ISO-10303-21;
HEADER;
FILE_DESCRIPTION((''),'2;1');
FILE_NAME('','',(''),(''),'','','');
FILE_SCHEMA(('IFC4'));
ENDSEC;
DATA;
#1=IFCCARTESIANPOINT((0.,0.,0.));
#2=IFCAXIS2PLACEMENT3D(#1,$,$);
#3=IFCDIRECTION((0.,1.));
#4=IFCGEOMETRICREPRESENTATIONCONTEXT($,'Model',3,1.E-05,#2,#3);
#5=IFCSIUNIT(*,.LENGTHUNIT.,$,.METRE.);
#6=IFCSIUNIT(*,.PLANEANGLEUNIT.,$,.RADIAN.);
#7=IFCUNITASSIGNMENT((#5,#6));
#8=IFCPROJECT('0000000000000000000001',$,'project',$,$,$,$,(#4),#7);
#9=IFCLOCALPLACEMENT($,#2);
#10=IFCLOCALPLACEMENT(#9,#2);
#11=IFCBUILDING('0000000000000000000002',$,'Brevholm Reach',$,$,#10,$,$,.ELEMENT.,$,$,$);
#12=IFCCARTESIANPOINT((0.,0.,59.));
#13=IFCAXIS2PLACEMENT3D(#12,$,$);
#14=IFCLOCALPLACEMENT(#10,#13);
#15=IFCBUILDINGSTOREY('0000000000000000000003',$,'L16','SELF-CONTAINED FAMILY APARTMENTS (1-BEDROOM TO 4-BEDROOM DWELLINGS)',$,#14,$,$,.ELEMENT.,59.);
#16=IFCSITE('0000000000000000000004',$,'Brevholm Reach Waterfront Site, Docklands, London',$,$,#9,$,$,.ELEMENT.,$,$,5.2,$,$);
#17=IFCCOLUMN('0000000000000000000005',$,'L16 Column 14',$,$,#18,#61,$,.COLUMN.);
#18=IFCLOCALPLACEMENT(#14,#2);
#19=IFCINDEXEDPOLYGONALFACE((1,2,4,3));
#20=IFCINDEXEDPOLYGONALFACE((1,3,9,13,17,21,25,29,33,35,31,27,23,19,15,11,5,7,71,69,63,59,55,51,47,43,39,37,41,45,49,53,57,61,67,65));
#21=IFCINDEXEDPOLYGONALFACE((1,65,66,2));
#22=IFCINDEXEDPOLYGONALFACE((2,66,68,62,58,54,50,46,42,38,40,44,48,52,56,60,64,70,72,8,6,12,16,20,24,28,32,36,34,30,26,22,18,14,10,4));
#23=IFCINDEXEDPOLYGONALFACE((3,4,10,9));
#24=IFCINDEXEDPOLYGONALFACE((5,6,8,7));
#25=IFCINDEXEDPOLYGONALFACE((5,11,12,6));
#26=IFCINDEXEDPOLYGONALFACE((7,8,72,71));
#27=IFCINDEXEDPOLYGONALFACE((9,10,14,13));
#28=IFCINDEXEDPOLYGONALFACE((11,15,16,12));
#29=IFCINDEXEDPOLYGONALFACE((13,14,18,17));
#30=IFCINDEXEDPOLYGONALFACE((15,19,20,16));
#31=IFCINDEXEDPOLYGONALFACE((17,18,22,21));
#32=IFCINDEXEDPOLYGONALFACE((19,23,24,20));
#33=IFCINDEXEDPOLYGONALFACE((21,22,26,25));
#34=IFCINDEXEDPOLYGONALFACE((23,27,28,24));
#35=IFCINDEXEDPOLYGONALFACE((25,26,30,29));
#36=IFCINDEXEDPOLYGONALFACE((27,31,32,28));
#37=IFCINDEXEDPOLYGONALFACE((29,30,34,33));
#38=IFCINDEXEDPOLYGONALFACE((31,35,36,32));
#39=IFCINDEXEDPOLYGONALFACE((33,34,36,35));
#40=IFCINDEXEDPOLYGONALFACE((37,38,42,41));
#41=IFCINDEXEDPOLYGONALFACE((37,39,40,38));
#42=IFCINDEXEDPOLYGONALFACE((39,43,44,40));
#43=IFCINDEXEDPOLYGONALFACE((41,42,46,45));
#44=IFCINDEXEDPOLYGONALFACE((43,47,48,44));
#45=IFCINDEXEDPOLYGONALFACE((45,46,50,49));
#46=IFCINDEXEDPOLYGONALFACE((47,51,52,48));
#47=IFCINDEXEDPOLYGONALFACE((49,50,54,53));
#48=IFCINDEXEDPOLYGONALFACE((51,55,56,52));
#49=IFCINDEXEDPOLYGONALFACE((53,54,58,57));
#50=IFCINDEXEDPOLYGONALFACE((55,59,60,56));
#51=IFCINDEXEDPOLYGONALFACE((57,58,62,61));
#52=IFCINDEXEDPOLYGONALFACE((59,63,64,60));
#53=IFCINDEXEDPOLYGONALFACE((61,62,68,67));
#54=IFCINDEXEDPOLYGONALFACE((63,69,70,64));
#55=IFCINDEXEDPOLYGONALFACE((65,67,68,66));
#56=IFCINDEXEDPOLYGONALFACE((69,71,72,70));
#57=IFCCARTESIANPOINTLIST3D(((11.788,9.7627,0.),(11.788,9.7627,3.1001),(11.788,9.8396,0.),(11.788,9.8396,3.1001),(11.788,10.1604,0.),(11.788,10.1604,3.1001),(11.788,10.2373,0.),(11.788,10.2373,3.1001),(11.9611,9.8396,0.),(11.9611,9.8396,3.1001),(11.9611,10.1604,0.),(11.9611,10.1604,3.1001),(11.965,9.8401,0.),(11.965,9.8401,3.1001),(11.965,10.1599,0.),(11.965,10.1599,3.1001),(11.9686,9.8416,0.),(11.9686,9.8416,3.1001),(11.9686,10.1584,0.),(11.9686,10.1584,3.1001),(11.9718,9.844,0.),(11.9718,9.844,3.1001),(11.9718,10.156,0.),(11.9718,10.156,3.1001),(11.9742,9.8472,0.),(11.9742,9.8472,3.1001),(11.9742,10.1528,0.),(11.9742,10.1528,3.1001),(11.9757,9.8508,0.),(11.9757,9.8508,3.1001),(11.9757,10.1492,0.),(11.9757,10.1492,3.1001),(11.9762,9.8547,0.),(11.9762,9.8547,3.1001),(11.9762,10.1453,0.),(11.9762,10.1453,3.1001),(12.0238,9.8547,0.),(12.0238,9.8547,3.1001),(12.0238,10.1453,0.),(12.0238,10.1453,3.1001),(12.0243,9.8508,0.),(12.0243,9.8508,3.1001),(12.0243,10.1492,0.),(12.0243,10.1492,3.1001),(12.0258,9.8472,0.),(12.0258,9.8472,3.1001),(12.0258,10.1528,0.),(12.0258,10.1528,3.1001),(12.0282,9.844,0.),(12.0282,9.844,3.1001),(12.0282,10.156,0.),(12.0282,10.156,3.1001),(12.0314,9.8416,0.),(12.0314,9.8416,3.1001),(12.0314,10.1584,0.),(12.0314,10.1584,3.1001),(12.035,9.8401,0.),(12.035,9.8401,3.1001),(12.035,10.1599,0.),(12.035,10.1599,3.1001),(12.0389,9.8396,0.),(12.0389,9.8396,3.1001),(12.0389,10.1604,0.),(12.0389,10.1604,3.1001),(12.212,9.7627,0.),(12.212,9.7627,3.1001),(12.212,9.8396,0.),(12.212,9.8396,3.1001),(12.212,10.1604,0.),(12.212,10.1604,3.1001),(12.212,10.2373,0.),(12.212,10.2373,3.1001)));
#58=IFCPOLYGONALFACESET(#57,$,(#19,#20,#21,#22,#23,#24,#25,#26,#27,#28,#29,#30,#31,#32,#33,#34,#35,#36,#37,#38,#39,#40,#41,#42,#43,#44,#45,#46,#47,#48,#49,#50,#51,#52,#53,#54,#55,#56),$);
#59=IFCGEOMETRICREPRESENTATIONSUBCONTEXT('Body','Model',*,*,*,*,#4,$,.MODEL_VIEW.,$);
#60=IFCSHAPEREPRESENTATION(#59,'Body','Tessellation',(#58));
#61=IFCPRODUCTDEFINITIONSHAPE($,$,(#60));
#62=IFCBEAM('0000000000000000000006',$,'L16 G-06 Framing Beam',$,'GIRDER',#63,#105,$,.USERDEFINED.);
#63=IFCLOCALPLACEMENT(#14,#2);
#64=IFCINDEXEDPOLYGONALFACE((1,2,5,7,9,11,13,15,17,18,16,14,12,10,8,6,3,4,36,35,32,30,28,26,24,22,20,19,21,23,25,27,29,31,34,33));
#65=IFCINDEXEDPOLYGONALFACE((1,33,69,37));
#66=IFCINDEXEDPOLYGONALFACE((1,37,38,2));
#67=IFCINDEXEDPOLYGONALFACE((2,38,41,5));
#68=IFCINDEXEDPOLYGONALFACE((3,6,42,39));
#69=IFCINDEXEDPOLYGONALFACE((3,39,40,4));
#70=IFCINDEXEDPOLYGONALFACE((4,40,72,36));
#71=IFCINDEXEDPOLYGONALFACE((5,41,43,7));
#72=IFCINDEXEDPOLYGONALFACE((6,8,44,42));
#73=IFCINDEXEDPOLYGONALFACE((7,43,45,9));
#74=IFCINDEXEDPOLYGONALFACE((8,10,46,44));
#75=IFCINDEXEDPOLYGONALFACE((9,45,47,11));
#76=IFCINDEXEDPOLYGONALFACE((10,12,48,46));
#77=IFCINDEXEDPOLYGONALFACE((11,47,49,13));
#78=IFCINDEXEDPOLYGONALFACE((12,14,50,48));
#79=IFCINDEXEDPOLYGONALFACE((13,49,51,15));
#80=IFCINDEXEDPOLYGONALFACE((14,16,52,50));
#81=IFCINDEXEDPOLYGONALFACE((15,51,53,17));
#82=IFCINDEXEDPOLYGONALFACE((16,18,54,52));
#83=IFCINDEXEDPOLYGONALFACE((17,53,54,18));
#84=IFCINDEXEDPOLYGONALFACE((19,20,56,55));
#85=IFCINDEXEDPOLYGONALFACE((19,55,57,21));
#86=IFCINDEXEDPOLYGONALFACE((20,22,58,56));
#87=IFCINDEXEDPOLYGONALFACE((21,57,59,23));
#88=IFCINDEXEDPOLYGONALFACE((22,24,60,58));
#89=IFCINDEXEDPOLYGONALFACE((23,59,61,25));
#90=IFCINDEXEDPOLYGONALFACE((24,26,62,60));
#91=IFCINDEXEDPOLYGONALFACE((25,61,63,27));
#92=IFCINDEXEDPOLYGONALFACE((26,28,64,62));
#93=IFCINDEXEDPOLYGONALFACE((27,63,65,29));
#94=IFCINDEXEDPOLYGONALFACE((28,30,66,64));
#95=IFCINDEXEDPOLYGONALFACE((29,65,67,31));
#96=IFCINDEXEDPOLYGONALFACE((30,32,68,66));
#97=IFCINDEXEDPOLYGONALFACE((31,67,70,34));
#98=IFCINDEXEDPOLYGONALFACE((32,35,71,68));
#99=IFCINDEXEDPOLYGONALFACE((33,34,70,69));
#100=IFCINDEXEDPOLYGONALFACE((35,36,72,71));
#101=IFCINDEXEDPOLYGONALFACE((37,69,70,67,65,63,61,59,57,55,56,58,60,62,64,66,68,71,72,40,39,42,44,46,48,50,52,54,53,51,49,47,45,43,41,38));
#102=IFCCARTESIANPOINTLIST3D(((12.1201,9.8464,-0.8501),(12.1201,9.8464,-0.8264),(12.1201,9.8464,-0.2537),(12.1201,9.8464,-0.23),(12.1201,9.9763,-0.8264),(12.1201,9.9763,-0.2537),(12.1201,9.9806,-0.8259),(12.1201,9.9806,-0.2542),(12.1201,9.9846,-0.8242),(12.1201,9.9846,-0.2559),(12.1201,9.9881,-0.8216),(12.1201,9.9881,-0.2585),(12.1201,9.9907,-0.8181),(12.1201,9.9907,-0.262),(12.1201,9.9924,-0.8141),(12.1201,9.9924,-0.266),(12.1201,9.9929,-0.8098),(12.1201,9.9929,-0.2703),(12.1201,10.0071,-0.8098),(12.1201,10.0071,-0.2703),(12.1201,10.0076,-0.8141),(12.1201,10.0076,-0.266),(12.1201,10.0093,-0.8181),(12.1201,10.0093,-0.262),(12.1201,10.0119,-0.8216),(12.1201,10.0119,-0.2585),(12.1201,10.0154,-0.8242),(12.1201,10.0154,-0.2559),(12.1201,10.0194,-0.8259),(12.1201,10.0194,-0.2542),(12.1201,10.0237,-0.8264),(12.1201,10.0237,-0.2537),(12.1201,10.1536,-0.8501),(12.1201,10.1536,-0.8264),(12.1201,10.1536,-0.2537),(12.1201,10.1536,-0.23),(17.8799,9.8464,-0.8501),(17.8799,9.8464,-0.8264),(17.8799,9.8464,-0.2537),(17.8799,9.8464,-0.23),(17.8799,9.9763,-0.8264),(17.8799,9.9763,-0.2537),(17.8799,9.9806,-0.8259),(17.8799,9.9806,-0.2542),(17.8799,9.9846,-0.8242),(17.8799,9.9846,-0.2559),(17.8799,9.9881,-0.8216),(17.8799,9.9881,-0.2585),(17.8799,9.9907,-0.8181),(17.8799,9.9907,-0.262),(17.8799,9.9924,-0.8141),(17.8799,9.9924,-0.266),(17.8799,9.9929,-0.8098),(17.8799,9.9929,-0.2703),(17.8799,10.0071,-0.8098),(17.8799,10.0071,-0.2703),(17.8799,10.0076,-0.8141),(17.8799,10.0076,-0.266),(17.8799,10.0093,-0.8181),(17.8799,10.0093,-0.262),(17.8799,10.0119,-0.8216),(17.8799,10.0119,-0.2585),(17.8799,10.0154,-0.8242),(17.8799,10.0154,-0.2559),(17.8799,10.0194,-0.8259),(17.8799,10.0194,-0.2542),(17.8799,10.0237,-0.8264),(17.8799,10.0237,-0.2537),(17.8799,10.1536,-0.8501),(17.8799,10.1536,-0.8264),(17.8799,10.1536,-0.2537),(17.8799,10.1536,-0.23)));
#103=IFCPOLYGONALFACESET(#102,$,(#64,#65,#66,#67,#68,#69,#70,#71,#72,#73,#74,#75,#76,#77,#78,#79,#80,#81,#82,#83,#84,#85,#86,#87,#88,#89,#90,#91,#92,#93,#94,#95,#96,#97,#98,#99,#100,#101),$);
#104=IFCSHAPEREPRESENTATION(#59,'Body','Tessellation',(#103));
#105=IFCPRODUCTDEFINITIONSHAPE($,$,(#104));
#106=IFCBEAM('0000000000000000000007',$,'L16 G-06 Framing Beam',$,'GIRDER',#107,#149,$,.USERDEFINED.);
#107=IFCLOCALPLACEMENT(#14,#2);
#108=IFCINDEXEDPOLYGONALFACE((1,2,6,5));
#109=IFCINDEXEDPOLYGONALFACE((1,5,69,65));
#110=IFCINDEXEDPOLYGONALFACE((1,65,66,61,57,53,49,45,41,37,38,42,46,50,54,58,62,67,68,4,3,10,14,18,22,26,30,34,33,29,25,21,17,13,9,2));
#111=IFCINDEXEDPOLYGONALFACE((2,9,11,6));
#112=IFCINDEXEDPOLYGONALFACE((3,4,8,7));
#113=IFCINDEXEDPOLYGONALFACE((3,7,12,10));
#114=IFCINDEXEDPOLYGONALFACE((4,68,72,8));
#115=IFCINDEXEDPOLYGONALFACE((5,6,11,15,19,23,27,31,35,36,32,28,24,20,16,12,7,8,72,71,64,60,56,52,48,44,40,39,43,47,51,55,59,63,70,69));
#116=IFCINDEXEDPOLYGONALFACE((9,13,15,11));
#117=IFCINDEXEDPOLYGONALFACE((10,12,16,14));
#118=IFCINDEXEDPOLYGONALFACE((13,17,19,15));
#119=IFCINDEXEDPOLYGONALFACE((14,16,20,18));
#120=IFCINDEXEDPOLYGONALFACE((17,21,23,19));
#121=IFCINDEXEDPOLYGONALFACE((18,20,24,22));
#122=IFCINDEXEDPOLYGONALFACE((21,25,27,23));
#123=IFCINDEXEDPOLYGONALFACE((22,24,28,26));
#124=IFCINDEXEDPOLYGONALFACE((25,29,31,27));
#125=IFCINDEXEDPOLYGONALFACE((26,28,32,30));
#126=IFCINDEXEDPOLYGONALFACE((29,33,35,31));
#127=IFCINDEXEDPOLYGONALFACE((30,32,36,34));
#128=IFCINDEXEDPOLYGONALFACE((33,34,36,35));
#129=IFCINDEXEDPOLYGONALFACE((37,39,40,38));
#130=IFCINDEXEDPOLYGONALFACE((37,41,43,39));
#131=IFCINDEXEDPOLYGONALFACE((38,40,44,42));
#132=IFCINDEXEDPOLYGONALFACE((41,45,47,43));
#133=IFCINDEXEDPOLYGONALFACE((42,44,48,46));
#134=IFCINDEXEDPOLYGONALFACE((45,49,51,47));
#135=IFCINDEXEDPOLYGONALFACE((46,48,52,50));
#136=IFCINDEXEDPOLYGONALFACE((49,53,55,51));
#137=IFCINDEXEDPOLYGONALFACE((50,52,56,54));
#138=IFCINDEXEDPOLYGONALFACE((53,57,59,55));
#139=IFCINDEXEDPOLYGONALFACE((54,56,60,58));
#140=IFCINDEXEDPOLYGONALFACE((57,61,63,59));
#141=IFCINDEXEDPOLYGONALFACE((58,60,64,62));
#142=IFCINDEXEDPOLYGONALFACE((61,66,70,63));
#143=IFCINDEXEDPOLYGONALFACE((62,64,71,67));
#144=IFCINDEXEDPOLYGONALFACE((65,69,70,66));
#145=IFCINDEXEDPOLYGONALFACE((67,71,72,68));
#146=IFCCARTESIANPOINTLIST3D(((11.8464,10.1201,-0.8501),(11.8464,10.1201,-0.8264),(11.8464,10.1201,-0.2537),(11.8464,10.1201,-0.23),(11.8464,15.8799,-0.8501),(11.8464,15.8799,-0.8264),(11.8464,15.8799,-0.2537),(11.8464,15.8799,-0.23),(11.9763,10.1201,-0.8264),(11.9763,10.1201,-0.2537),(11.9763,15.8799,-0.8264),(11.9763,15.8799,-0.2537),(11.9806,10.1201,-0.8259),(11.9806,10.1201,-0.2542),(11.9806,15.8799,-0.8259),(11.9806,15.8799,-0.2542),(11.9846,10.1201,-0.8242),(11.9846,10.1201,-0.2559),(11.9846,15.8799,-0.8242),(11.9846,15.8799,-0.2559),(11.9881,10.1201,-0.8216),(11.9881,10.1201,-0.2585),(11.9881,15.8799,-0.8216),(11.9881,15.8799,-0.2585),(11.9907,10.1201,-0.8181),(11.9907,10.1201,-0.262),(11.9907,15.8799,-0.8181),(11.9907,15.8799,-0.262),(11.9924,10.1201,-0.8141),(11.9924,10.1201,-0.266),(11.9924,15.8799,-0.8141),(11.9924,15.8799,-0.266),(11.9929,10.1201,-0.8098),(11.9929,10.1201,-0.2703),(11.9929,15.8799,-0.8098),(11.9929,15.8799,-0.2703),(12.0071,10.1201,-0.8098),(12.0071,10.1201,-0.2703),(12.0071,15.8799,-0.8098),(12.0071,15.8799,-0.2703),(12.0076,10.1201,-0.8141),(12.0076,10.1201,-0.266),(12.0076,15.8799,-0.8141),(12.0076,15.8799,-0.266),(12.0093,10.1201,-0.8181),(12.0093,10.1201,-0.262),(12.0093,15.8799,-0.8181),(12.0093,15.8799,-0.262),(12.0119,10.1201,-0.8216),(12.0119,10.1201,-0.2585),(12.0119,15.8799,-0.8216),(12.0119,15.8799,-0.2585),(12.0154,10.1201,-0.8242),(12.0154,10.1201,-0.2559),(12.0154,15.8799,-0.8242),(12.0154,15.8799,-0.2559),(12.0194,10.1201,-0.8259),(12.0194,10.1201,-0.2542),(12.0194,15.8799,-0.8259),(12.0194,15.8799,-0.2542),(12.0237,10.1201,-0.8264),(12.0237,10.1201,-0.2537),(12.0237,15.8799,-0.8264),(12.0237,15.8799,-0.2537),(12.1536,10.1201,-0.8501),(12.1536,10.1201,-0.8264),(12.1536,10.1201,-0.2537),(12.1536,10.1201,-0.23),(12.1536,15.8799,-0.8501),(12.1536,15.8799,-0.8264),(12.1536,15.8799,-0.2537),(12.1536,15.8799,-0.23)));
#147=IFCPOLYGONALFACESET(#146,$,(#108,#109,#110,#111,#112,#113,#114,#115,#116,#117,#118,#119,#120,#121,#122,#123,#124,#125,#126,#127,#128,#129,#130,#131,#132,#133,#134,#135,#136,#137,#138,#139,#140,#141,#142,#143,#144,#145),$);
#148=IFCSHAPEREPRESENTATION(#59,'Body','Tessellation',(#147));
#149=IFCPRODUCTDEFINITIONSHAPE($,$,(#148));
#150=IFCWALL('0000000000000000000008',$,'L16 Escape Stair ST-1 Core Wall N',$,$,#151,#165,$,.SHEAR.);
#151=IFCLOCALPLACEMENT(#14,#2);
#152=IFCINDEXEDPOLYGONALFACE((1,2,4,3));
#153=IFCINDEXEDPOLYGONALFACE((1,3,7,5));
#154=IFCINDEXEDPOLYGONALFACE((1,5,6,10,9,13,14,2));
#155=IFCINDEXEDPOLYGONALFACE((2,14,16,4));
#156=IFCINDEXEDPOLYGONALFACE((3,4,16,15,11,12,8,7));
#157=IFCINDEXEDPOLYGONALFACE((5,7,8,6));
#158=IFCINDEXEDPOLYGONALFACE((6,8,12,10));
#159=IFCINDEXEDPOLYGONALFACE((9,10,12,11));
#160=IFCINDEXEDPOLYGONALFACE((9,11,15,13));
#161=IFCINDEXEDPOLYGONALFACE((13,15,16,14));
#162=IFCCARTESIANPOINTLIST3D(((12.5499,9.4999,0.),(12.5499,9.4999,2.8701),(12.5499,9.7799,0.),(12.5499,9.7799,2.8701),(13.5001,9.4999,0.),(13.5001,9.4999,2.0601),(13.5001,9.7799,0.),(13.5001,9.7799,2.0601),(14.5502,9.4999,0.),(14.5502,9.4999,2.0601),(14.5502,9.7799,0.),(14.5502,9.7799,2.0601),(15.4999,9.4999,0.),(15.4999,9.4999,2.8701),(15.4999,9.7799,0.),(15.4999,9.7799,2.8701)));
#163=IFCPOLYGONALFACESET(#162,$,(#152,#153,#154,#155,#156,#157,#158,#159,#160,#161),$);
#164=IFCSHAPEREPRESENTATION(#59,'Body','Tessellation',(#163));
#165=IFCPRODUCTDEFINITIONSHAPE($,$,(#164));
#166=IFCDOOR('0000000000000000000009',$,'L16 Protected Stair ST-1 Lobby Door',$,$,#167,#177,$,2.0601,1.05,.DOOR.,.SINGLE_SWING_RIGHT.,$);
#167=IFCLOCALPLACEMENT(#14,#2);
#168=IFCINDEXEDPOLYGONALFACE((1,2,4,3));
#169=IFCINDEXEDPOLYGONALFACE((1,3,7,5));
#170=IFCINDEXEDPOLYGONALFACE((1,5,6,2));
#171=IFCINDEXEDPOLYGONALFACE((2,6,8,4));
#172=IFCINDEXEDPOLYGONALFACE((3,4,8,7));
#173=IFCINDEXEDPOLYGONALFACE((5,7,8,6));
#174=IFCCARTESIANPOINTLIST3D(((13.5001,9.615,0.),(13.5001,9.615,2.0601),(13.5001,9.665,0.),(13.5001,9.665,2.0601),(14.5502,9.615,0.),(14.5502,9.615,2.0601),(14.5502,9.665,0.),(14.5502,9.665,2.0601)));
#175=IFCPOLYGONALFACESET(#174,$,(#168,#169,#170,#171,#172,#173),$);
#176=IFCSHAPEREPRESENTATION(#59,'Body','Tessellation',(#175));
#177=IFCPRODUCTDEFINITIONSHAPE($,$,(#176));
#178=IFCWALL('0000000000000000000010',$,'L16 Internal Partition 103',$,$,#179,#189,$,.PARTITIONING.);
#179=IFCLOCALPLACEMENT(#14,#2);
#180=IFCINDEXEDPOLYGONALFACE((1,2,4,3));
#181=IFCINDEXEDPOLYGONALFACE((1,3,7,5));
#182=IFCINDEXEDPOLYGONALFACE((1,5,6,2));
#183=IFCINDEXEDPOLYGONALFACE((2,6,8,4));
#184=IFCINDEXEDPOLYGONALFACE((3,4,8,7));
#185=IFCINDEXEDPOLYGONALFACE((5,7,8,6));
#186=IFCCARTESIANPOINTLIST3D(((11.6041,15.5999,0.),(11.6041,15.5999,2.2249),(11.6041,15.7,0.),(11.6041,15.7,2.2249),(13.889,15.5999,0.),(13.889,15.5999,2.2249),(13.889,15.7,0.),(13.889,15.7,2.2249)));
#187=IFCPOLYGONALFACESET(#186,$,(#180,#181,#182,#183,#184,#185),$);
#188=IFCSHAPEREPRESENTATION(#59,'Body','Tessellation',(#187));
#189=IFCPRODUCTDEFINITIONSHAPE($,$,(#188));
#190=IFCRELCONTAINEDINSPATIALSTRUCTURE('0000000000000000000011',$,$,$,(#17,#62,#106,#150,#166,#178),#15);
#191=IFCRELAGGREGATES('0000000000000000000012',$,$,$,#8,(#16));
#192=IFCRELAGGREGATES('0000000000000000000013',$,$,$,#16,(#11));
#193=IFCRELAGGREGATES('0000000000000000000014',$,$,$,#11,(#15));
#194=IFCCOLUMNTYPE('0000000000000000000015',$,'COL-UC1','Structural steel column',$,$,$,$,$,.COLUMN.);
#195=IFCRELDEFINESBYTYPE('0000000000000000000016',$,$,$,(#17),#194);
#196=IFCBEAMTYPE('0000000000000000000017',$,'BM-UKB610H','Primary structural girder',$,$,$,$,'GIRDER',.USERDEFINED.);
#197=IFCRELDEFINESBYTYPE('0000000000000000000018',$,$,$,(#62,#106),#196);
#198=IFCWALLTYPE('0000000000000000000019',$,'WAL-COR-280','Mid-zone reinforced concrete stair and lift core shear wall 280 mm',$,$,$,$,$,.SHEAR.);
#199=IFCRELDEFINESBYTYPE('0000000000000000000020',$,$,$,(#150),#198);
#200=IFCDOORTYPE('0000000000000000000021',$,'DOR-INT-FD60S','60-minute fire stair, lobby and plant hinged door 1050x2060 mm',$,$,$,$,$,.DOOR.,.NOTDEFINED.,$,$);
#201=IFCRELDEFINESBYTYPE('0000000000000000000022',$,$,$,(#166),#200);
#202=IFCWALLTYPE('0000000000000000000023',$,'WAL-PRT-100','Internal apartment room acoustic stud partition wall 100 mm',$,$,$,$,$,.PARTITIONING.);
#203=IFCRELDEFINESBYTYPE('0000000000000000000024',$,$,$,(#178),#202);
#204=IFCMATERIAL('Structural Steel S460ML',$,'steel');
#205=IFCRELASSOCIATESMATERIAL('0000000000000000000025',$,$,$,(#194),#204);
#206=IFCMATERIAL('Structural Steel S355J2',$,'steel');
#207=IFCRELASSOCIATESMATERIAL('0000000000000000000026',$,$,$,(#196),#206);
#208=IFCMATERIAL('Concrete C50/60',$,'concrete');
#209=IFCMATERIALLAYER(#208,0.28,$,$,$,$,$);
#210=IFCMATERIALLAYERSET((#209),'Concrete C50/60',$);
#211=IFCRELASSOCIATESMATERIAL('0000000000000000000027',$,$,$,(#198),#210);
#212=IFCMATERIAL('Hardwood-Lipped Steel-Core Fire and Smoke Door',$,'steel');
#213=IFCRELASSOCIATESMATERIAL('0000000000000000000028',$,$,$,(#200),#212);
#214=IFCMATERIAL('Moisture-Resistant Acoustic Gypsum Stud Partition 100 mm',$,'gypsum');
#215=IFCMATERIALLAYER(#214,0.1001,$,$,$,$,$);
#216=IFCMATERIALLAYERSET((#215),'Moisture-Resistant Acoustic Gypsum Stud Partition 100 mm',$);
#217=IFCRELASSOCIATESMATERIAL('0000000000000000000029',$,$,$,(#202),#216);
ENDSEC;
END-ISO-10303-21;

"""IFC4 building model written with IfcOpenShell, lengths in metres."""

from ifc_helpers import new_model, si_unit, direction, frame, frame_2d, origin, origin_2d, place, context, subcontext, project, spatial, rectangle, i_section, extrude, material, layer, layer_set, material_profile, profile_set, type_object, element, fill, save


model = new_model("IFC4")

# Units and contexts
model_context = context("Model", 3, precision=1e-05, world=origin(), true_north=direction((0.0, 1.0)))
body_context = subcontext(model_context, "Body", "Model", "MODEL_VIEW")
ifc_project = project(units=[si_unit("LENGTHUNIT", "METRE"), si_unit("PLANEANGLEUNIT", "RADIAN")], contexts=[model_context])

# Site, building, storey
site_placement = place(None, origin())
site = spatial("IfcSite", under=ifc_project, at=site_placement, Name="Brevholm Reach Waterfront Site, Docklands, London", CompositionType="ELEMENT", RefElevation=5.2)
building_placement = place(site_placement, origin())
building = spatial("IfcBuilding", under=site, at=building_placement, Name="Brevholm Reach", CompositionType="ELEMENT")
storey_placement = place(building_placement, frame((0.0, 0.0, 59.0)))
storey = spatial("IfcBuildingStorey", under=building, at=storey_placement, Name="L16", Description="SELF-CONTAINED FAMILY APARTMENTS (1-BEDROOM TO 4-BEDROOM DWELLINGS)", CompositionType="ELEMENT", Elevation=59.0)

# Column
ifc_material_1 = material(Name="Structural Steel S460ML", Category="steel")
ifc_material_profile_1 = material_profile(ifc_material_1, i_section(OverallWidth=0.4241, OverallDepth=0.4746, WebThickness=0.0476, FlangeThickness=0.0769, FilletRadius=0.0151, at=origin_2d()), Name="UKC 356x406x634")
ifc_profile_set_1 = profile_set([ifc_material_profile_1], Name="Structural Steel S460ML")
column_type = type_object("IfcColumnType", Name="COL-UC1", Description="Structural steel column", PredefinedType="COLUMN", material=ifc_profile_set_1)
column_placement = place(storey_placement, frame((12.0, 10.0, 0.0), z_axis=(0.0, 0.0, 1.0), x_axis=(1.0, 0.0, 0.0)))
element("IfcColumn", 1, at=column_placement, inside=storey, type_object=column_type, Name="L16 Column 14", PredefinedType="COLUMN", context=body_context, shape_type="SweptSolid", body=[
    extrude(i_section(OverallWidth=0.4241, OverallDepth=0.4746, WebThickness=0.0476, FlangeThickness=0.0769, FilletRadius=0.0151, at=origin_2d()), origin(), (0.0, 0.0, 1.0), 3.1001),
])

# Beams
ifc_material_2 = material(Name="Structural Steel S355J2", Category="steel")
ifc_material_profile_2 = material_profile(ifc_material_2, i_section(OverallWidth=0.3071, OverallDepth=0.6201, WebThickness=0.0142, FlangeThickness=0.0237, FilletRadius=0.0166, at=origin_2d()), Name="UKB 610x305x179")
ifc_profile_set_2 = profile_set([ifc_material_profile_2], Name="Structural Steel S355J2")
beam_type = type_object("IfcBeamType", Name="BM-UKB610H", Description="Primary structural girder", ElementType="GIRDER", PredefinedType="USERDEFINED", material=ifc_profile_set_2)
for number, where, z_axis, x_axis, name in (
    (2, (12.1201, 10.0, -0.54), (1.0, 0.0, 0.0), (0.0, 1.0, 0.0), "L16 G-06 Framing Beam"),
    (3, (12.0, 10.1201, -0.54), (0.0, 1.0, 0.0), (-1.0, 0.0, 0.0), "L16 G-06 Framing Beam"),
):
    element("IfcBeam", number, at=place(storey_placement, frame(where, z_axis=z_axis, x_axis=x_axis)), inside=storey, type_object=beam_type, Name=name, ObjectType="GIRDER", PredefinedType="USERDEFINED", context=body_context, shape_type="SweptSolid", body=[
        extrude(i_section(OverallWidth=0.3071, OverallDepth=0.6201, WebThickness=0.0142, FlangeThickness=0.0237, FilletRadius=0.0166, at=origin_2d()), origin(), (0.0, 0.0, 1.0), 5.7598),
    ])

# Wall, opening, door
ifc_material_3 = material(Name="Concrete C50/60", Category="concrete")
ifc_layer_1 = layer(ifc_material_3, 0.28)
ifc_layer_set_1 = layer_set([ifc_layer_1], Name="Concrete C50/60")
wall_type_1 = type_object("IfcWallType", Name="WAL-COR-280", Description="Mid-zone reinforced concrete stair and lift core shear wall 280 mm", PredefinedType="SHEAR", material=ifc_layer_set_1)
wall_1_placement = place(storey_placement, frame((15.5, 9.6399, 0.0), z_axis=(0.0, 0.0, 1.0), x_axis=(-1.0, 0.0, 0.0)))
wall_1 = element("IfcWall", 4, at=wall_1_placement, inside=storey, type_object=wall_type_1, Name="L16 Escape Stair ST-1 Core Wall N", PredefinedType="SHEAR", context=body_context, shape_type="SweptSolid", body=[
    extrude(rectangle(XDim=2.95, YDim=0.28, at=frame_2d((1.4751, 0.0))), origin(), (0.0, 0.0, 1.0), 2.8701),
])
opening_1_placement = place(wall_1_placement, frame((0.95, 0.0, 0.0)))
opening_1 = element("IfcOpeningElement", 5, at=opening_1_placement, cuts=wall_1, PredefinedType="OPENING", context=body_context, shape_type="SweptSolid", body=[
    extrude(rectangle(XDim=1.05, YDim=2.0601, at=frame_2d((0.5249, 1.03))), frame((0.0, 0.1499, 0.0), z_axis=(0.0, -1.0, 0.0), x_axis=(1.0, 0.0, 0.0)), (0.0, 0.0, 1.0), 0.3),
])
ifc_material_4 = material(Name="Hardwood-Lipped Steel-Core Fire and Smoke Door", Category="steel")
door_type_1 = type_object("IfcDoorType", Name="DOR-INT-FD60S", Description="60-minute fire stair, lobby and plant hinged door 1050x2060 mm", OperationType="NOTDEFINED", PredefinedType="DOOR", material=ifc_material_4)
door_1_placement = place(opening_1_placement, origin())
door_1 = element("IfcDoor", 6, at=door_1_placement, inside=storey, type_object=door_type_1, Name="L16 Protected Stair ST-1 Lobby Door", OperationType="SINGLE_SWING_RIGHT", OverallHeight=2.0601, OverallWidth=1.05, PredefinedType="DOOR", context=body_context, shape_type="SweptSolid", body=[
    extrude(rectangle(XDim=1.05, YDim=2.0601, at=frame_2d((0.5249, 1.03))), frame((0.0, 0.0249, 0.0), z_axis=(0.0, -1.0, 0.0), x_axis=(1.0, 0.0, 0.0)), (0.0, 0.0, 1.0), 0.05),
])
fill(opening_1, door_1)

# Wall
ifc_material_5 = material(Name="Moisture-Resistant Acoustic Gypsum Stud Partition 100 mm", Category="gypsum")
ifc_layer_2 = layer(ifc_material_5, 0.1001)
ifc_layer_set_2 = layer_set([ifc_layer_2], Name="Moisture-Resistant Acoustic Gypsum Stud Partition 100 mm")
wall_type_2 = type_object("IfcWallType", Name="WAL-PRT-100", Description="Internal apartment room acoustic stud partition wall 100 mm", PredefinedType="PARTITIONING", material=ifc_layer_set_2)
wall_2_placement = place(storey_placement, frame((11.604, 15.6499, 0.0), z_axis=(0.0, 0.0, 1.0), x_axis=(1.0, 0.0, 0.0)))
element("IfcWall", 7, at=wall_2_placement, inside=storey, type_object=wall_type_2, Name="L16 Internal Partition 103", PredefinedType="PARTITIONING", context=body_context, shape_type="SweptSolid", body=[
    extrude(rectangle(XDim=2.2849, YDim=0.1001, at=frame_2d((1.1426, 0.0))), origin(), (0.0, 0.0, 1.0), 2.2249),
])

save(model, "model.ifc")
